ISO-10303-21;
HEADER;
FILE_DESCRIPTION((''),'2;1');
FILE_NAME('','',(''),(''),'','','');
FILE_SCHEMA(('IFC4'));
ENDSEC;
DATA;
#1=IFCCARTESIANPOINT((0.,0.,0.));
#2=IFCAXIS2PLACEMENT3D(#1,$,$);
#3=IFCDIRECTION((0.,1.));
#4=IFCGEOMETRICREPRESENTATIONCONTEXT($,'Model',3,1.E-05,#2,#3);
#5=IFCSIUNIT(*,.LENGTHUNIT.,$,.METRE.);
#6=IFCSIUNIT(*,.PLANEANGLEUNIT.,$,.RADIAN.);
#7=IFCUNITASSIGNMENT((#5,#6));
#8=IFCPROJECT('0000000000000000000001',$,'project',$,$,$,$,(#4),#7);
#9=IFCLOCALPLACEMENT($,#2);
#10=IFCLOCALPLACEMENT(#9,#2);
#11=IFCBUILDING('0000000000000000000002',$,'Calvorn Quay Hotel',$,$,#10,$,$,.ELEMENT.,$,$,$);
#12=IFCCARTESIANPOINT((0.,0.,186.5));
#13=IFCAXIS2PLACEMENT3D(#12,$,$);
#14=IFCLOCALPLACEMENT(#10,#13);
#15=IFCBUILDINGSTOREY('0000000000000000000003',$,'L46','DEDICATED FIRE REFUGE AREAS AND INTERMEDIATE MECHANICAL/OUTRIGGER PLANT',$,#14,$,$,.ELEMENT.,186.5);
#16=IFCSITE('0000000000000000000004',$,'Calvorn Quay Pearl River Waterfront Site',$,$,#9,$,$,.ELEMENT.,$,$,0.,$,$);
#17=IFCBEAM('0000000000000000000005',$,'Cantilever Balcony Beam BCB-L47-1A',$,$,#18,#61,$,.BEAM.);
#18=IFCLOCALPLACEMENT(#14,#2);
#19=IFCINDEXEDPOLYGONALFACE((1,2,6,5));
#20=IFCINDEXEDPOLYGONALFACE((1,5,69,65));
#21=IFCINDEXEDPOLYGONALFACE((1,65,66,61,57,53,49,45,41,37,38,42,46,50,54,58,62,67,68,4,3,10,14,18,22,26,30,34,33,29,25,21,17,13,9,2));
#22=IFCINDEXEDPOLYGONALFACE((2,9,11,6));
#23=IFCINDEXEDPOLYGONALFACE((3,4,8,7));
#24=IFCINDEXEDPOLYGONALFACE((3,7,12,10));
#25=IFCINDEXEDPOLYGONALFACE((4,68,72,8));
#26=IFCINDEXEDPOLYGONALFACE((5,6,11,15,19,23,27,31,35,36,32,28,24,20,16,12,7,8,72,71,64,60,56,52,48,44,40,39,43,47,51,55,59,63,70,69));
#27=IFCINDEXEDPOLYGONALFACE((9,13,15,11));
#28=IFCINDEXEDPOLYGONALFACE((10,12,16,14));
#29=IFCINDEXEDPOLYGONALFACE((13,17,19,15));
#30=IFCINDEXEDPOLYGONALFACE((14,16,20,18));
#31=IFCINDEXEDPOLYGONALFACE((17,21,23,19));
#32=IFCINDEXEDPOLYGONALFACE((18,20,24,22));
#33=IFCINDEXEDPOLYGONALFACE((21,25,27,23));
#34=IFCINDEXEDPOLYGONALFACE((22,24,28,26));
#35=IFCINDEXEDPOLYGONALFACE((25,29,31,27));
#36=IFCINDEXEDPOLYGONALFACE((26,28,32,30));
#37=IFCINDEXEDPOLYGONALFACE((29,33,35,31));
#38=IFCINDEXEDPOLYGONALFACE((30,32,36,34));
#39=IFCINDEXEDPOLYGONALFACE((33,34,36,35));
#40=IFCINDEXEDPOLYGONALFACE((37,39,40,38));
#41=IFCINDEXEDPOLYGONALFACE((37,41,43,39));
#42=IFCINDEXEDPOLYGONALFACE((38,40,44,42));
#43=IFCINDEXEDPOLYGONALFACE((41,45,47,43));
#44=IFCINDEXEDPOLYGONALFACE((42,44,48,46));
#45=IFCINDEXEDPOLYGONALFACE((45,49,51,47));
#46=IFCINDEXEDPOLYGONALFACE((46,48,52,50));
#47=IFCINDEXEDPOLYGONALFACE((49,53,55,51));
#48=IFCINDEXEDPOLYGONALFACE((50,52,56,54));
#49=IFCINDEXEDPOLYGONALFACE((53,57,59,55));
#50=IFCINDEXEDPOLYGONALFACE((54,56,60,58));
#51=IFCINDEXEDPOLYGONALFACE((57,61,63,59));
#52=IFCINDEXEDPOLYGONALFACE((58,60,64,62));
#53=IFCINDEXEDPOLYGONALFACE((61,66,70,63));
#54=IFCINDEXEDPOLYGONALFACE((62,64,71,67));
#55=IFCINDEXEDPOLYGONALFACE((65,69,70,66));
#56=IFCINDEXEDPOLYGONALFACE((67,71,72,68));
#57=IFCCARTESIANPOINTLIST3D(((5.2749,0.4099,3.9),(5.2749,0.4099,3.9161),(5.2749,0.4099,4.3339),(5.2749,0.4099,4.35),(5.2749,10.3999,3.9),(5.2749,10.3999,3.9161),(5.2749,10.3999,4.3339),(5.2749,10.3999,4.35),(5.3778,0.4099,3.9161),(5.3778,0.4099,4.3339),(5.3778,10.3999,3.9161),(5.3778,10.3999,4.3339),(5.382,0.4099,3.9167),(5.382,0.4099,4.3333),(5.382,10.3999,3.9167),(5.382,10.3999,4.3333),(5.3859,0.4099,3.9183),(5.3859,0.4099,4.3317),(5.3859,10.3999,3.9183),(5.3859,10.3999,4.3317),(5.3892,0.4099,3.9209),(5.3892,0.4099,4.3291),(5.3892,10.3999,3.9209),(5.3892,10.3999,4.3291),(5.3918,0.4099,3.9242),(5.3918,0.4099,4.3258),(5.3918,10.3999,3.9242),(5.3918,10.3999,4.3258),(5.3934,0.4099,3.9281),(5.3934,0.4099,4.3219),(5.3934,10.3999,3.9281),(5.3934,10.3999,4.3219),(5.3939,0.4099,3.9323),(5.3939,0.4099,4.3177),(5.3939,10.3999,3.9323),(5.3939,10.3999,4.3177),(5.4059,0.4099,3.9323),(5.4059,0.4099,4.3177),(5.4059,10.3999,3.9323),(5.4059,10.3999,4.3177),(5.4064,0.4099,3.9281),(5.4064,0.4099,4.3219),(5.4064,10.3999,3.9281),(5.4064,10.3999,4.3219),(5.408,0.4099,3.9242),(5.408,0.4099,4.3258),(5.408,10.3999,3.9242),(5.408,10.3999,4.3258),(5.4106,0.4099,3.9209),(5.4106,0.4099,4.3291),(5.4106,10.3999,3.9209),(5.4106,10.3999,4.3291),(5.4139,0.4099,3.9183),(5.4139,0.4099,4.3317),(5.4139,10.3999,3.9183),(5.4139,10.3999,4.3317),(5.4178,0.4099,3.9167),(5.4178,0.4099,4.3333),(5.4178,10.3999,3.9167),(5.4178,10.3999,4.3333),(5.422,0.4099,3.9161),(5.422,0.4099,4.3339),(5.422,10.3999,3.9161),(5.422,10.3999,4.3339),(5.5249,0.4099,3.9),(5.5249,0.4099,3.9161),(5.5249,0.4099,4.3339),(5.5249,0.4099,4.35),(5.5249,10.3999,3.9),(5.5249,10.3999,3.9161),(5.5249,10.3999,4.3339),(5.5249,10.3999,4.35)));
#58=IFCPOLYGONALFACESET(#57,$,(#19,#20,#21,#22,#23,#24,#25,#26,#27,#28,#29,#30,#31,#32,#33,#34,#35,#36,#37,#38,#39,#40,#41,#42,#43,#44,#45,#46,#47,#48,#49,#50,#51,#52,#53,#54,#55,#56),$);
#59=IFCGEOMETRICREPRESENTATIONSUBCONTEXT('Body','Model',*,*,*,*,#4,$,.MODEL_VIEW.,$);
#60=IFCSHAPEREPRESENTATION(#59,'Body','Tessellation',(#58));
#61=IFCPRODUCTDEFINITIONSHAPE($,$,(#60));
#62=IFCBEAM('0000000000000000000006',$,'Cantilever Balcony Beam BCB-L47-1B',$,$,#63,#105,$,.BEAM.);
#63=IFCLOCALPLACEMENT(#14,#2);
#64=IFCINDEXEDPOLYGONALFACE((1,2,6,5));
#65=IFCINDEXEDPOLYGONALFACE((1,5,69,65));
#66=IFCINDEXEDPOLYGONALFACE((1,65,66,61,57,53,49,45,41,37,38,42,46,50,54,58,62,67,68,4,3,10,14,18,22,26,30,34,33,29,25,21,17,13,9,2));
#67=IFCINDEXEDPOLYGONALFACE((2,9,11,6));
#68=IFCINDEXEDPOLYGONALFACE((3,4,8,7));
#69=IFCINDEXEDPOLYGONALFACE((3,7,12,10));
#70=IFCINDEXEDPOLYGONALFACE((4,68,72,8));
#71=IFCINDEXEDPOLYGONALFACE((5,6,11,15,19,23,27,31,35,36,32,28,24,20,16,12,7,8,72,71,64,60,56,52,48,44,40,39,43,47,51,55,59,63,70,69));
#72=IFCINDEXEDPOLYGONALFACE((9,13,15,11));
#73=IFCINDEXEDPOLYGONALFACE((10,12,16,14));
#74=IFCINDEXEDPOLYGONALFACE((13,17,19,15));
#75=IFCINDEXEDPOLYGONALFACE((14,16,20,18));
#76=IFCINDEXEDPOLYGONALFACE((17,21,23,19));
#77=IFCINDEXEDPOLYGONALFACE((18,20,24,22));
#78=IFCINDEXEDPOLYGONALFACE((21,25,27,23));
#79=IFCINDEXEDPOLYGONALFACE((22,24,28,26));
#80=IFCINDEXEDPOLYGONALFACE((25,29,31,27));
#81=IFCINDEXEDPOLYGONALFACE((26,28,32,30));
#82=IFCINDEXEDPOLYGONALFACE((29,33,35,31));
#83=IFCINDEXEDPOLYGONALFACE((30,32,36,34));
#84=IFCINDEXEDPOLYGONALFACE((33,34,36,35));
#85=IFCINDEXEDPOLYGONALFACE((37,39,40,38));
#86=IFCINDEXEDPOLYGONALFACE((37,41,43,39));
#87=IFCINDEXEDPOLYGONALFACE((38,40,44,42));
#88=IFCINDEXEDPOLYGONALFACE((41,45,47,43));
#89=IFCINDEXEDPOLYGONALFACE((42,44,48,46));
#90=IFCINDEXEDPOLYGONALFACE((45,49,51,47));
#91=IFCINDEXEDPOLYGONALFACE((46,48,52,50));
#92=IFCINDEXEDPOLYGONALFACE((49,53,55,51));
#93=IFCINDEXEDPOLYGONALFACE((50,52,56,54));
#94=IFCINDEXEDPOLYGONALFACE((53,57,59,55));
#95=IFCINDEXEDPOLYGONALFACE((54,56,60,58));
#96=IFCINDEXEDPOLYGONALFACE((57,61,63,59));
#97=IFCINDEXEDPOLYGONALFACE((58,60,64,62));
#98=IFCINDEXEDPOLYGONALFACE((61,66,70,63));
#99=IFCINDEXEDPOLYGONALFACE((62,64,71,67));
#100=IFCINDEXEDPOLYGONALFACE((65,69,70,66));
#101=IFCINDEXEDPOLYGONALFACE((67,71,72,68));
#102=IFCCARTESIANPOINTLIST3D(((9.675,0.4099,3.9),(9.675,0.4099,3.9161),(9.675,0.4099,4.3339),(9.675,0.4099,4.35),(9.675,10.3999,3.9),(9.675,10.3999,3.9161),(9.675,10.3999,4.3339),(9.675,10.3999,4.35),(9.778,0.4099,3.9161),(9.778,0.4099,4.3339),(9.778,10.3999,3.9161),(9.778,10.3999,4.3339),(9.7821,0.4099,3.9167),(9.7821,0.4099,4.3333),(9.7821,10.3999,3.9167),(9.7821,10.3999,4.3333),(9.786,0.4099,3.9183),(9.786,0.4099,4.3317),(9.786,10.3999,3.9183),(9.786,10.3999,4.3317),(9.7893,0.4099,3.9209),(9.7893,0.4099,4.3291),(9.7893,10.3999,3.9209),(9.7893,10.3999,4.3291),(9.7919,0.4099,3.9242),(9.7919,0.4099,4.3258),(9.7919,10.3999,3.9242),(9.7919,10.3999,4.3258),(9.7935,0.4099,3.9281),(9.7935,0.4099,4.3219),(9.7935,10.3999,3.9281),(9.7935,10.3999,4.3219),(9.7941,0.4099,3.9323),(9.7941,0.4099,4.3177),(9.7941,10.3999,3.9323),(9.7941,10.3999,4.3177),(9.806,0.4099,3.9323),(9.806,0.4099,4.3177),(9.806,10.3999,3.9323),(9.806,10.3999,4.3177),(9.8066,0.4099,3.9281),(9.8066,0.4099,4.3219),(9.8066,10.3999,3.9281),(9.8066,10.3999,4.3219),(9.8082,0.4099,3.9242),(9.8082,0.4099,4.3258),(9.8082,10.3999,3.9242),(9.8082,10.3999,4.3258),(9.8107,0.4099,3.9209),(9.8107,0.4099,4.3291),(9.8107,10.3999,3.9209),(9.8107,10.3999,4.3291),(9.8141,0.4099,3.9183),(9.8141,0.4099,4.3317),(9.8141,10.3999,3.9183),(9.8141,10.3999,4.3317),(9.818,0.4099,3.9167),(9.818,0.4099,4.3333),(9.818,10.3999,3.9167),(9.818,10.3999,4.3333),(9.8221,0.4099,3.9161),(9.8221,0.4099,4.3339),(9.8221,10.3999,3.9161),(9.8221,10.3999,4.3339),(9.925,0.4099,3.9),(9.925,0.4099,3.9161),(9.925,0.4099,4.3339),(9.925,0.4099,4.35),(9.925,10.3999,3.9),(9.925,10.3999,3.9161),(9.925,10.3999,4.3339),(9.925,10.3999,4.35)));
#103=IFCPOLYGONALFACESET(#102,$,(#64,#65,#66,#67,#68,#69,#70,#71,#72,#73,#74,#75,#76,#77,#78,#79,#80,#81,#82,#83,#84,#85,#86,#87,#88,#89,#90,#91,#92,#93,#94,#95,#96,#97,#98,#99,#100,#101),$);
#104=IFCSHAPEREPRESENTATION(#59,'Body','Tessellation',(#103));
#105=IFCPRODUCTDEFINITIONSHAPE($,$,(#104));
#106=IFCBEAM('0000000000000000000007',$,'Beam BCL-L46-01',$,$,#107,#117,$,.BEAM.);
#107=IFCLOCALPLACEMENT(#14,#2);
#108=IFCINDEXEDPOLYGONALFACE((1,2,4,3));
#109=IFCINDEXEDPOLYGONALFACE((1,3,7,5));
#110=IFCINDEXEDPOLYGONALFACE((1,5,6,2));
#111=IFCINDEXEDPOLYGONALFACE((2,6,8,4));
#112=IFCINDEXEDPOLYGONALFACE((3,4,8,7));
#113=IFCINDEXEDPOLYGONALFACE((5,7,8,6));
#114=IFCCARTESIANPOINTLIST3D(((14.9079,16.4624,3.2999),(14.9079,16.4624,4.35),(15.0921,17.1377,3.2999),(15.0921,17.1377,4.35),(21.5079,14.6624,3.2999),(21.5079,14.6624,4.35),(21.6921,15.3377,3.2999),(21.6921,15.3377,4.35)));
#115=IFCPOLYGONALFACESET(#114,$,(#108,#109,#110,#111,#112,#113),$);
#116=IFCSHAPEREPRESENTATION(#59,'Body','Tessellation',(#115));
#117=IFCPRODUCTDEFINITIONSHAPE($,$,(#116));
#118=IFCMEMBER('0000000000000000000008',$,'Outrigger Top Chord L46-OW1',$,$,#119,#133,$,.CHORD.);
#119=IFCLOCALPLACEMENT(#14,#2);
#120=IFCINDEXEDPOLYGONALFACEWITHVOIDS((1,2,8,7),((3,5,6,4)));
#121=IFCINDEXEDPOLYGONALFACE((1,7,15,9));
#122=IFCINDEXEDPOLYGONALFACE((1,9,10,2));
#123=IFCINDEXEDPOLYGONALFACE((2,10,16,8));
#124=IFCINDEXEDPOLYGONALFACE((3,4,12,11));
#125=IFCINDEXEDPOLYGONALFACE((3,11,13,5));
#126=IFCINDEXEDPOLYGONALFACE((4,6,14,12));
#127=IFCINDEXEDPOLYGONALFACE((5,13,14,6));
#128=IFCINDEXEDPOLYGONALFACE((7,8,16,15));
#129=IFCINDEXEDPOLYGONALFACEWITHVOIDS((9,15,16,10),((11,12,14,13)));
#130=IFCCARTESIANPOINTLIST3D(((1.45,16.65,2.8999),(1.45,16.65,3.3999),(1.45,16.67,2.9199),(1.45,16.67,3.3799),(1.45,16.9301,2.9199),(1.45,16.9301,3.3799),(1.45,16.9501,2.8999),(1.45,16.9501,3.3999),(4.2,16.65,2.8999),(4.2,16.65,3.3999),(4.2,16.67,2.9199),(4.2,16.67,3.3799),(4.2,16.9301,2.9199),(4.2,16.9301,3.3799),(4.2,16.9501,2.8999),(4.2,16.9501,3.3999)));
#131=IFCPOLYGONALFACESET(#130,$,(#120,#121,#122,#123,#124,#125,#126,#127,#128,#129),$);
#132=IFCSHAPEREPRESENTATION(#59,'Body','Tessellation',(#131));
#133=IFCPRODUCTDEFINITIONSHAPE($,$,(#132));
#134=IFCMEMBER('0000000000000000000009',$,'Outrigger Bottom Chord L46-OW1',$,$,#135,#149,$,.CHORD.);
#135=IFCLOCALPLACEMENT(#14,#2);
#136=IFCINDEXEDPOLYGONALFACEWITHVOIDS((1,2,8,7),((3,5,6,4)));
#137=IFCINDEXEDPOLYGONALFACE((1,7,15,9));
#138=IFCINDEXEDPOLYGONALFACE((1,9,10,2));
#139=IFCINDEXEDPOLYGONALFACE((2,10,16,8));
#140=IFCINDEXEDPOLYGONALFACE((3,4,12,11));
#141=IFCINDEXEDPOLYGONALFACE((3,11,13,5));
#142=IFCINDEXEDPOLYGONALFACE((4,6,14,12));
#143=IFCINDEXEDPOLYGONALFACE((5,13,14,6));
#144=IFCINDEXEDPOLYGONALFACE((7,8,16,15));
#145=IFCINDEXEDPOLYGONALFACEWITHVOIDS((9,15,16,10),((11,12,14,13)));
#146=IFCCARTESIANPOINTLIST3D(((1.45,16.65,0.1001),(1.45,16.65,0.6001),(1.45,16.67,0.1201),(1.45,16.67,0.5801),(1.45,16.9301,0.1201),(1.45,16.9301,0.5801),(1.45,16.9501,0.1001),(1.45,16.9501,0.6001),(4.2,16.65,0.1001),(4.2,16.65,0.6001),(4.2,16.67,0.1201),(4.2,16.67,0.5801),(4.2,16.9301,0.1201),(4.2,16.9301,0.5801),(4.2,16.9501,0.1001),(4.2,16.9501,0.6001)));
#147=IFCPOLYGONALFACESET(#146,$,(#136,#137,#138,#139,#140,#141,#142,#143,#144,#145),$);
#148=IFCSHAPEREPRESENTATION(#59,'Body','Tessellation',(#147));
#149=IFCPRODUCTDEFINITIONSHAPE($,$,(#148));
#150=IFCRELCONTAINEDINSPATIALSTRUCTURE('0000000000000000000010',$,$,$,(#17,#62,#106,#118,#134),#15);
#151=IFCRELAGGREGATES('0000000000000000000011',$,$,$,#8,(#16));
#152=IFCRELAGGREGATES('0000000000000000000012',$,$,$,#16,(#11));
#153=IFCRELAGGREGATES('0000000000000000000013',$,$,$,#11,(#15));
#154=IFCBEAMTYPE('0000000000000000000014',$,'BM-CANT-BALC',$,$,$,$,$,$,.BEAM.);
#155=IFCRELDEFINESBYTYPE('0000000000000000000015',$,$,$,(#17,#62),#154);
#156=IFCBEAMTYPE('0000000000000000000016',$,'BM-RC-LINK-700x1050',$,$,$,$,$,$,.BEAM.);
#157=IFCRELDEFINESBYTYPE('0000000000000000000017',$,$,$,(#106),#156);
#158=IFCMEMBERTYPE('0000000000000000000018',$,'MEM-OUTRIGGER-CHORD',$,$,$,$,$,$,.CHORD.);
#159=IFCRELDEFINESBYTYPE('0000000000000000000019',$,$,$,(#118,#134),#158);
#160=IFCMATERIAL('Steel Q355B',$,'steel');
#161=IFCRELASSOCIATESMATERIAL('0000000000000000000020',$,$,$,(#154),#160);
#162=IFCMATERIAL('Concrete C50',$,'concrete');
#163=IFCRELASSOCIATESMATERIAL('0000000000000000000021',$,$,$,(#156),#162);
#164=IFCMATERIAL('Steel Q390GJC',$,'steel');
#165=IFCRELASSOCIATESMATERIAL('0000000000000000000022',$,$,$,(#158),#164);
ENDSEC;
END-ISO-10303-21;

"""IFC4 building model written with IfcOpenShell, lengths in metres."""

from ifc_helpers import new_model, si_unit, direction, frame, origin, origin_2d, place, context, subcontext, project, spatial, rectangle, hollow_rectangle, i_section, extrude, material, material_profile, profile_set, type_object, element, save


model = new_model("IFC4")

# Units and contexts
model_context = context("Model", 3, precision=1e-05, world=origin(), true_north=direction((0.0, 1.0)))
body_context = subcontext(model_context, "Body", "Model", "MODEL_VIEW")
ifc_project = project(units=[si_unit("LENGTHUNIT", "METRE"), si_unit("PLANEANGLEUNIT", "RADIAN")], contexts=[model_context])

# Site, building, storey
site_placement = place(None, origin())
site = spatial("IfcSite", under=ifc_project, at=site_placement, Name="Calvorn Quay Pearl River Waterfront Site", CompositionType="ELEMENT", RefElevation=0.0)
building_placement = place(site_placement, origin())
building = spatial("IfcBuilding", under=site, at=building_placement, Name="Calvorn Quay Hotel", CompositionType="ELEMENT")
storey_placement = place(building_placement, frame((0.0, 0.0, 186.5)))
storey = spatial("IfcBuildingStorey", under=building, at=storey_placement, Name="L46", Description="DEDICATED FIRE REFUGE AREAS AND INTERMEDIATE MECHANICAL/OUTRIGGER PLANT", CompositionType="ELEMENT", Elevation=186.5)

# Beams
ifc_material_1 = material(Name="Steel Q355B", Category="steel")
ifc_material_profile_1 = material_profile(ifc_material_1, i_section(OverallWidth=0.25, OverallDepth=0.45, WebThickness=0.012, FlangeThickness=0.0161, FilletRadius=0.0161, at=origin_2d()), Name="HN450x250x12x16")
ifc_profile_set_1 = profile_set([ifc_material_profile_1], Name="Steel Q355B")
beam_type_1 = type_object("IfcBeamType", Name="BM-CANT-BALC", PredefinedType="BEAM", material=ifc_profile_set_1)
for number, where, z_axis, x_axis, name in (
    (1, (5.3999, 10.3999, 4.125), (0.0, -1.0, 0.0), (1.0, 0.0, 0.0), "Cantilever Balcony Beam BCB-L47-1A"),
    (2, (9.8, 10.3999, 4.125), (0.0, -1.0, 0.0), (1.0, 0.0, 0.0), "Cantilever Balcony Beam BCB-L47-1B"),
):
    element("IfcBeam", number, at=place(storey_placement, frame(where, z_axis=z_axis, x_axis=x_axis)), inside=storey, type_object=beam_type_1, Name=name, PredefinedType="BEAM", context=body_context, shape_type="SweptSolid", body=[
        extrude(i_section(OverallWidth=0.25, OverallDepth=0.45, WebThickness=0.012, FlangeThickness=0.0161, FilletRadius=0.0161, at=origin_2d()), origin(), (0.0, 0.0, 1.0), 9.99),
    ])
ifc_material_2 = material(Name="Concrete C50", Category="concrete")
ifc_material_profile_2 = material_profile(ifc_material_2, rectangle(XDim=0.7, YDim=1.05, at=origin_2d()), Name="RCB700x1050")
ifc_profile_set_2 = profile_set([ifc_material_profile_2], Name="Concrete C50")
beam_type_2 = type_object("IfcBeamType", Name="BM-RC-LINK-700x1050", PredefinedType="BEAM", material=ifc_profile_set_2)
beam_placement = place(storey_placement, frame((15.0, 16.8, 3.825), z_axis=(0.964763, -0.26312, 0.0), x_axis=(0.26312, 0.964763, 0.0)))
element("IfcBeam", 3, at=beam_placement, inside=storey, type_object=beam_type_2, Name="Beam BCL-L46-01", PredefinedType="BEAM", context=body_context, shape_type="SweptSolid", body=[
    extrude(rectangle(XDim=0.7, YDim=1.05, at=origin_2d()), origin(), (0.0, 0.0, 1.0), 6.8411),
])

# Members
ifc_material_3 = material(Name="Steel Q390GJC", Category="steel")
ifc_material_profile_3 = material_profile(ifc_material_3, hollow_rectangle(XDim=0.3, YDim=0.5, WallThickness=0.02, at=origin_2d()), Name="RHS500x300x20")
ifc_profile_set_3 = profile_set([ifc_material_profile_3], Name="Steel Q390GJC")
member_type_1 = type_object("IfcMemberType", Name="MEM-OUTRIGGER-CHORD", PredefinedType="CHORD", material=ifc_profile_set_3)
for number, where, z_axis, x_axis, name in (
    (4, (4.2, 16.8, 3.1499), (-1.0, 0.0, 0.0), (0.0, -1.0, 0.0), "Outrigger Top Chord L46-OW1"),
    (5, (4.2, 16.8, 0.3501), (-1.0, 0.0, 0.0), (0.0, -1.0, 0.0), "Outrigger Bottom Chord L46-OW1"),
):
    element("IfcMember", number, at=place(storey_placement, frame(where, z_axis=z_axis, x_axis=x_axis)), inside=storey, type_object=member_type_1, Name=name, PredefinedType="CHORD", context=body_context, shape_type="SweptSolid", body=[
        extrude(hollow_rectangle(XDim=0.3, YDim=0.5, WallThickness=0.02, at=origin_2d()), origin(), (0.0, 0.0, 1.0), 2.75),
    ])

save(model, "model.ifc")
